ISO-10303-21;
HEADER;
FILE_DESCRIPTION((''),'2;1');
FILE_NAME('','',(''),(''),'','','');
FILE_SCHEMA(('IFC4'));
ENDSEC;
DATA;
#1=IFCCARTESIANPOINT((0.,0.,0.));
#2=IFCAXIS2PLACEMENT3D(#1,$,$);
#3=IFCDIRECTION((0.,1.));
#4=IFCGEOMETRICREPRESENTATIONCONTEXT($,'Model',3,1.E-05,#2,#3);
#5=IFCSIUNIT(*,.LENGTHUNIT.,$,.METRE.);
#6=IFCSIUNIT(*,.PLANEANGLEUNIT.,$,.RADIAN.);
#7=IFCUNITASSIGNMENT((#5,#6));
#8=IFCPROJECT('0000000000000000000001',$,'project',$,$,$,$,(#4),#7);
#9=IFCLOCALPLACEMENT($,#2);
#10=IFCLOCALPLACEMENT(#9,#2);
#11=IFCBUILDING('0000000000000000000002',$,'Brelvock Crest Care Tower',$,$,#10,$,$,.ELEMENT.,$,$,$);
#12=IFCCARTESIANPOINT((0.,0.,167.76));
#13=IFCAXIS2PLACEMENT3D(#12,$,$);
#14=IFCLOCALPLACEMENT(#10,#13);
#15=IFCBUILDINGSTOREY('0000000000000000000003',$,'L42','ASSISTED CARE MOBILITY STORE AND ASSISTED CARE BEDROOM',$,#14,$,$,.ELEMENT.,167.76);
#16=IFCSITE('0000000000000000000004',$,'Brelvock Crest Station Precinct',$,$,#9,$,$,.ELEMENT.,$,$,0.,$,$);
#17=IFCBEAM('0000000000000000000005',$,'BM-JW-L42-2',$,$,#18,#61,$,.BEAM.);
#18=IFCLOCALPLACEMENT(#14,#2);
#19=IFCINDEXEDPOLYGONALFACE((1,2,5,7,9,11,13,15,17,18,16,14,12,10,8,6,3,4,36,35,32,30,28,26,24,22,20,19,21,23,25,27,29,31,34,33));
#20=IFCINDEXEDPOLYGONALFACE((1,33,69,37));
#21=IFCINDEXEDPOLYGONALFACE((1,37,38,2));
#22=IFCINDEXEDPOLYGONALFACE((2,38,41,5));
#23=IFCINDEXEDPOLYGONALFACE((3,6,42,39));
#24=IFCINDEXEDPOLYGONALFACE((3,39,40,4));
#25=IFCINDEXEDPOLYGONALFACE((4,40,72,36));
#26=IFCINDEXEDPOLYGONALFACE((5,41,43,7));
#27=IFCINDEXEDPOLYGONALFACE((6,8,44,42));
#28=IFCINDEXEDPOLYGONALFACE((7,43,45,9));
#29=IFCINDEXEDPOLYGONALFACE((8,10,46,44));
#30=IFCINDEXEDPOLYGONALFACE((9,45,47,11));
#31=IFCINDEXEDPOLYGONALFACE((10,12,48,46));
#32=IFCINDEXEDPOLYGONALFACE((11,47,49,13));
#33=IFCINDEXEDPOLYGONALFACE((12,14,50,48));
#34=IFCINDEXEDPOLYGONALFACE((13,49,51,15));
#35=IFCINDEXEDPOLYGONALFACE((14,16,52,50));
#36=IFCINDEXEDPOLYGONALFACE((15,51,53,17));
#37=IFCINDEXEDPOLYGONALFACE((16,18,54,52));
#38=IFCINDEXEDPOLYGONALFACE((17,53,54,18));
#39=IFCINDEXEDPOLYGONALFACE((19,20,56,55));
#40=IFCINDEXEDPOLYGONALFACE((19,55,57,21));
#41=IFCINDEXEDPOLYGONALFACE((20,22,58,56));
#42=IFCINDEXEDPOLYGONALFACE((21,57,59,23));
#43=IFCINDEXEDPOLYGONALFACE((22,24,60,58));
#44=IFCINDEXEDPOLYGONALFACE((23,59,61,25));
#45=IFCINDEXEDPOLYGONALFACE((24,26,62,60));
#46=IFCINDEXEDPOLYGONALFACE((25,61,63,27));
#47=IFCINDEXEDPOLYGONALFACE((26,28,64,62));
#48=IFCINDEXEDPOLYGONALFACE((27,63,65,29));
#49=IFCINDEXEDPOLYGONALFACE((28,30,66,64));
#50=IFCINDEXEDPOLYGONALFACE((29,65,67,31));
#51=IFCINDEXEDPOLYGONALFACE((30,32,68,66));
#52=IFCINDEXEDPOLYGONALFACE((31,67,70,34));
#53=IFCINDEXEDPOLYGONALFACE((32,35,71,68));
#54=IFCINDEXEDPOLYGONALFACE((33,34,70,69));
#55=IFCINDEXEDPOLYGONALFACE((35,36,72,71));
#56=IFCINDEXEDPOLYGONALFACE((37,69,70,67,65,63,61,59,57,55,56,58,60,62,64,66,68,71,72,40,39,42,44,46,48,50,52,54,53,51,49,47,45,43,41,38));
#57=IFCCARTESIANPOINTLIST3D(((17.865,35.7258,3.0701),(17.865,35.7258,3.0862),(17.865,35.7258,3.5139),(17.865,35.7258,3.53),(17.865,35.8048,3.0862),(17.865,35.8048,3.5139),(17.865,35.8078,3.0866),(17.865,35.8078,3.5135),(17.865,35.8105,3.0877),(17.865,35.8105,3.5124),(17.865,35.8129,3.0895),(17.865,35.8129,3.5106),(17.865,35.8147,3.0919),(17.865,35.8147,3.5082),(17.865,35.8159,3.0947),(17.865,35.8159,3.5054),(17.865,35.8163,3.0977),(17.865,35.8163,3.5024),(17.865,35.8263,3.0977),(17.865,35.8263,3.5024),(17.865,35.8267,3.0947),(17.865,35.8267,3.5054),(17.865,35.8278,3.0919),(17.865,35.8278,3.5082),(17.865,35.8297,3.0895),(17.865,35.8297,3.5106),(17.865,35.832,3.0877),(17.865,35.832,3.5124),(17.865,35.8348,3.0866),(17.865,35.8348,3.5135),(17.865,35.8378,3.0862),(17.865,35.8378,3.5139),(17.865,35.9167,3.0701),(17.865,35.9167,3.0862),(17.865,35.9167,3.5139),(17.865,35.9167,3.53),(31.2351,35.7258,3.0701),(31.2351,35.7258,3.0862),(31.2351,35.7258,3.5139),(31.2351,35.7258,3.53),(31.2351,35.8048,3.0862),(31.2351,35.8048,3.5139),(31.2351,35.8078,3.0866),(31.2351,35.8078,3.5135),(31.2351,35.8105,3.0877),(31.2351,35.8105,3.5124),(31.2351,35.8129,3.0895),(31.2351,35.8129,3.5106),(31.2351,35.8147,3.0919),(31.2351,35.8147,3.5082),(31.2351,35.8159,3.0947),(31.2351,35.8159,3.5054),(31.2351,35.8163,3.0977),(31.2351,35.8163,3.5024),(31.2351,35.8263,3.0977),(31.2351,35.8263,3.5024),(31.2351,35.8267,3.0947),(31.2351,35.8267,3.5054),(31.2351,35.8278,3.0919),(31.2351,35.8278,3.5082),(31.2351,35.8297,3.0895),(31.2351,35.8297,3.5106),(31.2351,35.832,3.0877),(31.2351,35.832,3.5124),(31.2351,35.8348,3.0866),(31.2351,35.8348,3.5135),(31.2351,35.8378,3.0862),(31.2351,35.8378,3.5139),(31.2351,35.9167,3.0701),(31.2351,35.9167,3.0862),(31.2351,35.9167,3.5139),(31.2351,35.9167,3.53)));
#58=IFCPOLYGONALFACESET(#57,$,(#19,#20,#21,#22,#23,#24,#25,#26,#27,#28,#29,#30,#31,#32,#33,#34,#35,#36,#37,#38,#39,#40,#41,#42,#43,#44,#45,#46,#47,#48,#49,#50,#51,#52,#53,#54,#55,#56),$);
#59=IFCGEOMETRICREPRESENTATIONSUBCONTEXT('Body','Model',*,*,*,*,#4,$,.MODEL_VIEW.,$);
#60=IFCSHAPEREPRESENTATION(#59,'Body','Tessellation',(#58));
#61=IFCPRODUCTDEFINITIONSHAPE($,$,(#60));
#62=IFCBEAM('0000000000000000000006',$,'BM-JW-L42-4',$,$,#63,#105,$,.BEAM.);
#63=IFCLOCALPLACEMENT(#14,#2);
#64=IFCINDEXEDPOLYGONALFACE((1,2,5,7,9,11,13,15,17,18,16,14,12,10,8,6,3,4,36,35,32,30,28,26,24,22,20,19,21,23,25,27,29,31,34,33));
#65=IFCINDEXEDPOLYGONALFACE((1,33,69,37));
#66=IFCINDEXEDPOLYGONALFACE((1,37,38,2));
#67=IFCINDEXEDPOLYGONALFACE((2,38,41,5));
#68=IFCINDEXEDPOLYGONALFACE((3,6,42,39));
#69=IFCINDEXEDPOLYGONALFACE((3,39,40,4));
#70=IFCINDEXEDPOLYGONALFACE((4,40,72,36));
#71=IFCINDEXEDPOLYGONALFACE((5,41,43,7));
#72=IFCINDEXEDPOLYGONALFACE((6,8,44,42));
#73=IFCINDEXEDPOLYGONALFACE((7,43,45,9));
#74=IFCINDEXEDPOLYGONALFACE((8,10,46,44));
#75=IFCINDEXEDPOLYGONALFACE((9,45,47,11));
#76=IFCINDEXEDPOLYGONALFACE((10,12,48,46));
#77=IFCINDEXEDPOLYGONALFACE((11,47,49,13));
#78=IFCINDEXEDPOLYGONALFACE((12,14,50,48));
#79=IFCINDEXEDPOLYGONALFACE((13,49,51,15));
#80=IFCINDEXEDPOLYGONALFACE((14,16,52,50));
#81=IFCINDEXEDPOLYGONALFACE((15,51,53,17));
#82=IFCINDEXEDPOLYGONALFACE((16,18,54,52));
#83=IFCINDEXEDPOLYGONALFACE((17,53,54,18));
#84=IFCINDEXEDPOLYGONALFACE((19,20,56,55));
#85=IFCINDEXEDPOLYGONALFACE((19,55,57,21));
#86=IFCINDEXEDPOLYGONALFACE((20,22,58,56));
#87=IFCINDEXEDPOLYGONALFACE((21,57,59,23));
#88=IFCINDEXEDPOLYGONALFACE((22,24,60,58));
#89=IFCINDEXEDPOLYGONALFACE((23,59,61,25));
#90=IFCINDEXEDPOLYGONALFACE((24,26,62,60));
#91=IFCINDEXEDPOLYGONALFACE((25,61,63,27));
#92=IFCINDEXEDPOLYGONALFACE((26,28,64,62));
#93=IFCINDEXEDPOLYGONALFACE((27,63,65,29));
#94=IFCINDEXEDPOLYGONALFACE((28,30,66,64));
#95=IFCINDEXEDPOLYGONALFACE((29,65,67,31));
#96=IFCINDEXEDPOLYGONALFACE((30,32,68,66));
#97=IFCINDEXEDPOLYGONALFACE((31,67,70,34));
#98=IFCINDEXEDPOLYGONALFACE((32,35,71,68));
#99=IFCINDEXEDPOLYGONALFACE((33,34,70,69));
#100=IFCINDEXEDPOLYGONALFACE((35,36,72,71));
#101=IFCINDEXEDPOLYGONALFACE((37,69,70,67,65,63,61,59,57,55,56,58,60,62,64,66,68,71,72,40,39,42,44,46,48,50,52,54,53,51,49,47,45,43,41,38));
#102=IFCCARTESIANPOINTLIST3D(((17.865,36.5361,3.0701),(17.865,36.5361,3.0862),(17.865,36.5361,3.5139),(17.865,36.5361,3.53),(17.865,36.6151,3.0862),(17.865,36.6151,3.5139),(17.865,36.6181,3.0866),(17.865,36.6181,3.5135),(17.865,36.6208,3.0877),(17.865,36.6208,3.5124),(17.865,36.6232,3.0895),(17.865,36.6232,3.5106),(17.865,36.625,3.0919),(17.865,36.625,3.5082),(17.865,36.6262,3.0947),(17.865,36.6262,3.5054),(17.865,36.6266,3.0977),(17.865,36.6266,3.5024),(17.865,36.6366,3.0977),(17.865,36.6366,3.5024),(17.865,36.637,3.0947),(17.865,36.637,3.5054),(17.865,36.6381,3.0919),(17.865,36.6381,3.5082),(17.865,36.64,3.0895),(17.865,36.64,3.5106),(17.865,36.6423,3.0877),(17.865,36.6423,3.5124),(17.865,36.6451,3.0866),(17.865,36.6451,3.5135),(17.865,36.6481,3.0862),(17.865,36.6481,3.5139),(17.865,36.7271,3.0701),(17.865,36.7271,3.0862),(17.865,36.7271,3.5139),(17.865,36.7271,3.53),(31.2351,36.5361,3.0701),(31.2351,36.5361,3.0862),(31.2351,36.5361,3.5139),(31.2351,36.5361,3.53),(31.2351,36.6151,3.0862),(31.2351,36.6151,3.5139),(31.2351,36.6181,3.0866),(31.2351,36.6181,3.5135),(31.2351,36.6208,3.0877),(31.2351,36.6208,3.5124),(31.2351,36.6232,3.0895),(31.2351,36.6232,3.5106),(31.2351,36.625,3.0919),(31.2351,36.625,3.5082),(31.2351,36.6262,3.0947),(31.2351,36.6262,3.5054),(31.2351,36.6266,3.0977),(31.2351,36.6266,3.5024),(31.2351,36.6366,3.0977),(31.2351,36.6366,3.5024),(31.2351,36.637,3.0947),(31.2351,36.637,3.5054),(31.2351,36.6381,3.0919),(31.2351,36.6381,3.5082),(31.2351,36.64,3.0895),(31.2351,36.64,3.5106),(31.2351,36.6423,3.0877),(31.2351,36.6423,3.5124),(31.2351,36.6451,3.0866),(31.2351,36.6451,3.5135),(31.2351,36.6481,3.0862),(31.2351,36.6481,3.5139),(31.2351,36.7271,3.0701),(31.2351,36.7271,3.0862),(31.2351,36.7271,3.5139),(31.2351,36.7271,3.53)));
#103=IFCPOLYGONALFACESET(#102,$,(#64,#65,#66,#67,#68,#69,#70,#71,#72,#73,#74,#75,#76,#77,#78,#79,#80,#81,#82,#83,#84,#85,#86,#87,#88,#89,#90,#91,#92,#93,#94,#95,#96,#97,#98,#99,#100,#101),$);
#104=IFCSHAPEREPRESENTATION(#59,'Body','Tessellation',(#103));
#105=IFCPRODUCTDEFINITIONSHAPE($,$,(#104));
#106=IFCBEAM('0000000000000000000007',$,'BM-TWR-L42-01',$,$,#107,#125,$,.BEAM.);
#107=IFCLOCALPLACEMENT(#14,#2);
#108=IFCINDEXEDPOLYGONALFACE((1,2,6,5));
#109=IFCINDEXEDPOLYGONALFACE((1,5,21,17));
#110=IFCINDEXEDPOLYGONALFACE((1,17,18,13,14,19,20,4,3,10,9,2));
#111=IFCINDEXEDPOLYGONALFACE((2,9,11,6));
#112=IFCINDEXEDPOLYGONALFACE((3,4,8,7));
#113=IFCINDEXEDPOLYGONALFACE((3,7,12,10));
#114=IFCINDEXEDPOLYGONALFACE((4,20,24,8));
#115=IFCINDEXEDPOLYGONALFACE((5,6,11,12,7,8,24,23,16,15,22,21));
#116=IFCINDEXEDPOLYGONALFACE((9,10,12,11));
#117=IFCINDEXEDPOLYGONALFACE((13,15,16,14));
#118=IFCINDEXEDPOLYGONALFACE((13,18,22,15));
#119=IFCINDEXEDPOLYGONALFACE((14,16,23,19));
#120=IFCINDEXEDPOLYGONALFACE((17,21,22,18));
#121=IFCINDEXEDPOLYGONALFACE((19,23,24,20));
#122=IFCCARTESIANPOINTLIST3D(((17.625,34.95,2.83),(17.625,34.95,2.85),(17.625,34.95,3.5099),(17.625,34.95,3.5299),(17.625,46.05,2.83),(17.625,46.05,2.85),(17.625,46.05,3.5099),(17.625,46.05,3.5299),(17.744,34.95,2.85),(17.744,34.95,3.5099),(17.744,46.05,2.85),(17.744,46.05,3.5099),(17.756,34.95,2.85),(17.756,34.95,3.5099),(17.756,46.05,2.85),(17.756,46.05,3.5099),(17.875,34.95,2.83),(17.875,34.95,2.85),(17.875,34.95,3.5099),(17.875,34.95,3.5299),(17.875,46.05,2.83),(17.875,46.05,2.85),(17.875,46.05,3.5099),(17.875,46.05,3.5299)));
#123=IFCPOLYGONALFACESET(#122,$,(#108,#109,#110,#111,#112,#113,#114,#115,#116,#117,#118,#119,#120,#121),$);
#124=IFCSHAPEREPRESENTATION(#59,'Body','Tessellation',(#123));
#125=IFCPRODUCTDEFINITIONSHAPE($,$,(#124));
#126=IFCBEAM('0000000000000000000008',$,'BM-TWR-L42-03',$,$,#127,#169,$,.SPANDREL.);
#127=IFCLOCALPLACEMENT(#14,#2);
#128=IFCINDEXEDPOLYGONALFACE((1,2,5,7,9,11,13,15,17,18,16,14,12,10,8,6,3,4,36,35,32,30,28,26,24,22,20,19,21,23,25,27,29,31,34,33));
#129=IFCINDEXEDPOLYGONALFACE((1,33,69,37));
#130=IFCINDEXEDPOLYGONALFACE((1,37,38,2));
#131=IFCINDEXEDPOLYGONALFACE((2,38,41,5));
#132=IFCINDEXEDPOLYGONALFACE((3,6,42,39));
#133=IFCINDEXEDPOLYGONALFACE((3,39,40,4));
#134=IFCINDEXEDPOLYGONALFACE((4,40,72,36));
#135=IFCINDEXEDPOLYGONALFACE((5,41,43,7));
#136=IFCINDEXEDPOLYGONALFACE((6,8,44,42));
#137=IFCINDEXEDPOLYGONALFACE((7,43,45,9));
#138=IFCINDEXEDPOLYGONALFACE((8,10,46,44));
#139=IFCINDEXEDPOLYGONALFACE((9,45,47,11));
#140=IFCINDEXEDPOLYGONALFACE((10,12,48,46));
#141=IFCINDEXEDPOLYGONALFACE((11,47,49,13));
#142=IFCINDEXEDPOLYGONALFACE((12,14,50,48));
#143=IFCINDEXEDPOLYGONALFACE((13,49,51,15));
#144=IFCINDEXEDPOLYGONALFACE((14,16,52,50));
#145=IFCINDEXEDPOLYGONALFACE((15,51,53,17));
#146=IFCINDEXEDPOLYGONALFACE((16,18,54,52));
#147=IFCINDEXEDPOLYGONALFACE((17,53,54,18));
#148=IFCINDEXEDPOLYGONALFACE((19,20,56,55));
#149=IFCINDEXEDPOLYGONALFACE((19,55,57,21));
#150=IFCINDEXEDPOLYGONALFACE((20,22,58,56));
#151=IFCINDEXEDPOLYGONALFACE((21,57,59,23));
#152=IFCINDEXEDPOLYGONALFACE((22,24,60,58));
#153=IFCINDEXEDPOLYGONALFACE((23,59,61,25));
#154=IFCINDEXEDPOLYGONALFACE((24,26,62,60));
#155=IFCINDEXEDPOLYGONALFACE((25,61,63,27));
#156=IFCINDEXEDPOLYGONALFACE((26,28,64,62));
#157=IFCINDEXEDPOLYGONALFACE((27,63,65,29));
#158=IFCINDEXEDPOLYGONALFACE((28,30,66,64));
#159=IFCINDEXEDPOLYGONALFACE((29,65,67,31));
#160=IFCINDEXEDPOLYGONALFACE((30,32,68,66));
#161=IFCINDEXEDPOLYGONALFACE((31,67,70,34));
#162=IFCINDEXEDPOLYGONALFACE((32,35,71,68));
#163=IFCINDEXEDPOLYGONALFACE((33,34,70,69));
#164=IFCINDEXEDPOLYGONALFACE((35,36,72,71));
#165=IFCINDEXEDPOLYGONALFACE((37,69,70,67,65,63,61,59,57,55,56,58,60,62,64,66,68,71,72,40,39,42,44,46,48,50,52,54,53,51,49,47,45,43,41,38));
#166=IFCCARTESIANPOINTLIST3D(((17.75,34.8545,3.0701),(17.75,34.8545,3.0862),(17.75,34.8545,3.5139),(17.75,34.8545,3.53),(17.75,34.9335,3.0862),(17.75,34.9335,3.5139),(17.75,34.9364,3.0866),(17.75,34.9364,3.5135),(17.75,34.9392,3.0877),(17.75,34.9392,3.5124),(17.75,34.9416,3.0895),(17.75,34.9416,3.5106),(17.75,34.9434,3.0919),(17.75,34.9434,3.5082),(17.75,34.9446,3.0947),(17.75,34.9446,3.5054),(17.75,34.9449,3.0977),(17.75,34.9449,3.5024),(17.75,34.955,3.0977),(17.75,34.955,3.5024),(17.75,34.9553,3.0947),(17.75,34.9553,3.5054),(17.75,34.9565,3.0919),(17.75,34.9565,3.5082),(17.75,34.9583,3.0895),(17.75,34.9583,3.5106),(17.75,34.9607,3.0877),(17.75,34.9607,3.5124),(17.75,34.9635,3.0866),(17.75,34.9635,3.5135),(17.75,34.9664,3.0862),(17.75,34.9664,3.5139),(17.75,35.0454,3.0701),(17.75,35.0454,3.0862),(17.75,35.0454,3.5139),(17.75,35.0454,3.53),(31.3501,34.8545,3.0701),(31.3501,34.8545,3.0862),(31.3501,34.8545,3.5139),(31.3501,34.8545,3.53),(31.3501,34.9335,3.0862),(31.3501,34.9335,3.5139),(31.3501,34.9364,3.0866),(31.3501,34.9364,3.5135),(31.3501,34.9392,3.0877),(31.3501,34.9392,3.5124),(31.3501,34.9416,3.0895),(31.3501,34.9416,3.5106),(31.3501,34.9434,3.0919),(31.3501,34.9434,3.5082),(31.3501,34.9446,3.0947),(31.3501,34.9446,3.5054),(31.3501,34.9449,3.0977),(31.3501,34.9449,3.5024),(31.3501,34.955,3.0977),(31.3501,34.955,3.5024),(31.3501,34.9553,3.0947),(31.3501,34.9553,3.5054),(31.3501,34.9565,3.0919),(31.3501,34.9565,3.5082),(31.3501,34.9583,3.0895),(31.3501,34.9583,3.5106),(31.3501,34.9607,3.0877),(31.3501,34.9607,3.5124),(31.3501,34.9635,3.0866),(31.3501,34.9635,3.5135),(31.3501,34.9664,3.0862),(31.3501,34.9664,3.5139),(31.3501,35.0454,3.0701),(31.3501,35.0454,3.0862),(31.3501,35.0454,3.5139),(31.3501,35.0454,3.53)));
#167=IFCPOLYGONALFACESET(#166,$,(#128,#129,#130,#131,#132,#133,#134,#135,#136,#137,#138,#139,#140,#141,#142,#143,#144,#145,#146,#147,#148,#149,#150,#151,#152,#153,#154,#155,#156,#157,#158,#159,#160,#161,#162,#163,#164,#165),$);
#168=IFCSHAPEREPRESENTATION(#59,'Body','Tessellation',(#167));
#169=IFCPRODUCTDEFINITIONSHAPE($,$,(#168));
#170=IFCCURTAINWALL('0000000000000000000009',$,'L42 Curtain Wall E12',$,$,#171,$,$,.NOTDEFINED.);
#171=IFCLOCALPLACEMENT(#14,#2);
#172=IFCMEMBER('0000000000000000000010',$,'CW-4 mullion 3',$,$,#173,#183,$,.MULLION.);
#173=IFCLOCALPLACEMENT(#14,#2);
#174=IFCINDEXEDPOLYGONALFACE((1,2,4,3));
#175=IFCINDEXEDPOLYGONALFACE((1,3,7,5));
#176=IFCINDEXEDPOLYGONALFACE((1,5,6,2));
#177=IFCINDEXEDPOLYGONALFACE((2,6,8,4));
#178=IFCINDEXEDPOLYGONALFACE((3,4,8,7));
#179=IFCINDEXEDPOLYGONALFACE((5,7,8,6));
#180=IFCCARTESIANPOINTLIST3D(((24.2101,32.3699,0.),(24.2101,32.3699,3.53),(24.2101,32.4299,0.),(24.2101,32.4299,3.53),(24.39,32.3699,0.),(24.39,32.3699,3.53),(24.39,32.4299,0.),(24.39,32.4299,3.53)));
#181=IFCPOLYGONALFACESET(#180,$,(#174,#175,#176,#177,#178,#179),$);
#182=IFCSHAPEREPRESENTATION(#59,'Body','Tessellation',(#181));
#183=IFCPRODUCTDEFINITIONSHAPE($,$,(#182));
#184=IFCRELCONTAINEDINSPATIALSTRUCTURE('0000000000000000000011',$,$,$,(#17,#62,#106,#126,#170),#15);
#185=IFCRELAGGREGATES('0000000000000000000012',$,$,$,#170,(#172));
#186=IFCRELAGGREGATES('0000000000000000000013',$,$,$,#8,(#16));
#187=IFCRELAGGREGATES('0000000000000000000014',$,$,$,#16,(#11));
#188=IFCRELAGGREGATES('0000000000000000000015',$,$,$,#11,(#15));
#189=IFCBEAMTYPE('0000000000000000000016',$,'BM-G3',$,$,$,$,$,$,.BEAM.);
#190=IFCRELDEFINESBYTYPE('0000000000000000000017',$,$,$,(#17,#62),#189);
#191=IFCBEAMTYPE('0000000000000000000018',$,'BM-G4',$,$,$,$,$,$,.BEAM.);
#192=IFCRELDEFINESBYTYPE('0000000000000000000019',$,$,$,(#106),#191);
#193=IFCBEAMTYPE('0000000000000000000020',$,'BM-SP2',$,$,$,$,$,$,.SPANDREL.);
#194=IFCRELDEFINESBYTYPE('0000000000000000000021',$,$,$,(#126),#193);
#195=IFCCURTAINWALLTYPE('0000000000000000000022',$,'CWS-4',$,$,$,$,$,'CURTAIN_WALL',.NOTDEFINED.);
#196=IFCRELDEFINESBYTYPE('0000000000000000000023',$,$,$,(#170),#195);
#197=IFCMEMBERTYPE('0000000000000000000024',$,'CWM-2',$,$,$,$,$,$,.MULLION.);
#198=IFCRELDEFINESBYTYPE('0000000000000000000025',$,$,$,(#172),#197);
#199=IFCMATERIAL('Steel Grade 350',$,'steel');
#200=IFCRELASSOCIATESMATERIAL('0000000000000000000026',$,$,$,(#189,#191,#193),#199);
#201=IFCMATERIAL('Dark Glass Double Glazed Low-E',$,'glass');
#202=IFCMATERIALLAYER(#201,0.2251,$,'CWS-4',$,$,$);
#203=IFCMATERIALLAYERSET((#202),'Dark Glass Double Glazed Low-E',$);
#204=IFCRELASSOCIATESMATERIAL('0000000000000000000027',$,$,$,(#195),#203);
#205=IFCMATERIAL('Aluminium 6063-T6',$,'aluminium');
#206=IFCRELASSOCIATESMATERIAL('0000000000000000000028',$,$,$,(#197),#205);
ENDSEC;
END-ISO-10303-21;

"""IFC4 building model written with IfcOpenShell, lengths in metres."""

from ifc_helpers import new_model, si_unit, direction, frame, origin, origin_2d, place, context, subcontext, project, spatial, rectangle, i_section, extrude, source, transform, mapped, material, layer, layer_set, material_profile, profile_set, type_object, element, aggregate, save


model = new_model("IFC4")

# Units and contexts
model_context = context("Model", 3, precision=1e-05, world=origin(), true_north=direction((0.0, 1.0)))
body_context = subcontext(model_context, "Body", "Model", "MODEL_VIEW")
ifc_project = project(units=[si_unit("LENGTHUNIT", "METRE"), si_unit("PLANEANGLEUNIT", "RADIAN")], contexts=[model_context])

# Site, building, storey
site_placement = place(None, origin())
site = spatial("IfcSite", under=ifc_project, at=site_placement, Name="Brelvock Crest Station Precinct", CompositionType="ELEMENT", RefElevation=0.0)
building_placement = place(site_placement, origin())
building = spatial("IfcBuilding", under=site, at=building_placement, Name="Brelvock Crest Care Tower", CompositionType="ELEMENT")
storey_placement = place(building_placement, frame((0.0, 0.0, 167.76)))
storey = spatial("IfcBuildingStorey", under=building, at=storey_placement, Name="L42", Description="ASSISTED CARE MOBILITY STORE AND ASSISTED CARE BEDROOM", CompositionType="ELEMENT", Elevation=167.76)

# Shared definitions
ifc_material_1 = material(Name="Steel Grade 350", Category="steel")

# Beams
ifc_material_profile_1 = material_profile(ifc_material_1, i_section(OverallWidth=0.1909, OverallDepth=0.46, WebThickness=0.01, FlangeThickness=0.0161, FilletRadius=0.0115, at=origin_2d()), Name="460UB82.1")
ifc_profile_set_1 = profile_set([ifc_material_profile_1], Name="Steel Grade 350")
beam_type_1 = type_object("IfcBeamType", Name="BM-G3", PredefinedType="BEAM", material=ifc_profile_set_1)
shared_shape_1 = source(origin(), body_context, "Body", "SweptSolid", [
    extrude(i_section(OverallWidth=0.1909, OverallDepth=0.46, WebThickness=0.01, FlangeThickness=0.0161, FilletRadius=0.0115, at=origin_2d()), origin(), (0.0, 0.0, 1.0), 13.3701),
])
for number, where, z_axis, x_axis, name in (
    (1, (17.865, 35.8213, 3.3), (1.0, 0.0, 0.0), (0.0, 1.0, 0.0), "BM-JW-L42-2"),
    (2, (17.865, 36.6316, 3.3), (1.0, 0.0, 0.0), (0.0, 1.0, 0.0), "BM-JW-L42-4"),
):
    element("IfcBeam", number, at=place(storey_placement, frame(where, z_axis=z_axis, x_axis=x_axis)), inside=storey, type_object=beam_type_1, Name=name, PredefinedType="BEAM", context=body_context, shape_type="MappedRepresentation", body=[
        mapped(shared_shape_1, transform((0.0, 0.0, 0.0), x_axis=(1.0, 0.0, 0.0), y_axis=(0.0, 1.0, 0.0), z_axis=(0.0, 0.0, 1.0), scale=1.0)),
    ])
ifc_material_profile_2 = material_profile(ifc_material_1, i_section(OverallWidth=0.25, OverallDepth=0.7, WebThickness=0.012, FlangeThickness=0.02, at=origin_2d()), Name="700WB150")
ifc_profile_set_2 = profile_set([ifc_material_profile_2], Name="Steel Grade 350")
beam_type_2 = type_object("IfcBeamType", Name="BM-G4", PredefinedType="BEAM", material=ifc_profile_set_2)
shared_shape_2 = source(origin(), body_context, "Body", "SweptSolid", [
    extrude(i_section(OverallWidth=0.25, OverallDepth=0.7, WebThickness=0.012, FlangeThickness=0.02, at=origin_2d()), origin(), (0.0, 0.0, 1.0), 11.1001),
])
beam_1_placement = place(storey_placement, frame((17.75, 34.95, 3.1799), z_axis=(0.0, 1.0, 0.0), x_axis=(-1.0, 0.0, 0.0)))
element("IfcBeam", 3, at=beam_1_placement, inside=storey, type_object=beam_type_2, Name="BM-TWR-L42-01", PredefinedType="BEAM", context=body_context, shape_type="MappedRepresentation", body=[
    mapped(shared_shape_2, transform((0.0, 0.0, 0.0), x_axis=(1.0, 0.0, 0.0), y_axis=(0.0, 1.0, 0.0), z_axis=(0.0, 0.0, 1.0), scale=1.0)),
])
ifc_material_profile_3 = material_profile(ifc_material_1, i_section(OverallWidth=0.1909, OverallDepth=0.46, WebThickness=0.01, FlangeThickness=0.0161, FilletRadius=0.0115, at=origin_2d()), Name="460UB82.1")
ifc_profile_set_3 = profile_set([ifc_material_profile_3], Name="Steel Grade 350")
beam_type_3 = type_object("IfcBeamType", Name="BM-SP2", PredefinedType="SPANDREL", material=ifc_profile_set_3)
shared_shape_3 = source(origin(), body_context, "Body", "SweptSolid", [
    extrude(i_section(OverallWidth=0.1909, OverallDepth=0.46, WebThickness=0.01, FlangeThickness=0.0161, FilletRadius=0.0115, at=origin_2d()), origin(), (0.0, 0.0, 1.0), 13.6001),
])
beam_2_placement = place(storey_placement, frame((17.75, 34.95, 3.3), z_axis=(1.0, 0.0, 0.0), x_axis=(0.0, 1.0, 0.0)))
element("IfcBeam", 4, at=beam_2_placement, inside=storey, type_object=beam_type_3, Name="BM-TWR-L42-03", PredefinedType="SPANDREL", context=body_context, shape_type="MappedRepresentation", body=[
    mapped(shared_shape_3, transform((0.0, 0.0, 0.0), x_axis=(1.0, 0.0, 0.0), y_axis=(0.0, 1.0, 0.0), z_axis=(0.0, 0.0, 1.0), scale=1.0)),
])

# Curtain wall, member
ifc_material_2 = material(Name="Dark Glass Double Glazed Low-E", Category="glass")
ifc_layer_1 = layer(ifc_material_2, 0.2251, Name="CWS-4")
ifc_layer_set_1 = layer_set([ifc_layer_1], Name="Dark Glass Double Glazed Low-E")
curtain_wall_type = type_object("IfcCurtainWallType", Name="CWS-4", ElementType="CURTAIN_WALL", PredefinedType="NOTDEFINED", material=ifc_layer_set_1)
curtain_wall_1_placement = place(storey_placement, origin())
curtain_wall_1 = element("IfcCurtainWall", 5, at=curtain_wall_1_placement, inside=storey, type_object=curtain_wall_type, Name="L42 Curtain Wall E12", PredefinedType="NOTDEFINED")
ifc_material_3 = material(Name="Aluminium 6063-T6", Category="aluminium")
ifc_material_profile_4 = material_profile(ifc_material_3, rectangle(XDim=0.0601, YDim=0.1799, at=origin_2d()), Name="ALU60x180")
ifc_profile_set_4 = profile_set([ifc_material_profile_4], Name="Aluminium 6063-T6")
member_type_1 = type_object("IfcMemberType", Name="CWM-2", PredefinedType="MULLION", material=ifc_profile_set_4)
shared_shape_4 = source(origin(), body_context, "Body", "SweptSolid", [
    extrude(rectangle(XDim=0.0601, YDim=0.1799, at=origin_2d()), origin(), (0.0, 0.0, 1.0), 3.53),
])
member_1_placement = place(storey_placement, frame((24.3, 32.3999, 0.0), z_axis=(0.0, 0.0, 1.0), x_axis=(0.0, -1.0, 0.0)))
member_1 = element("IfcMember", 6, at=member_1_placement, type_object=member_type_1, Name="CW-4 mullion 3", PredefinedType="MULLION", context=body_context, shape_type="MappedRepresentation", body=[
    mapped(shared_shape_4, transform((0.0, 0.0, 0.0), x_axis=(1.0, 0.0, 0.0), y_axis=(0.0, 1.0, 0.0), z_axis=(0.0, 0.0, 1.0), scale=1.0)),
])

aggregate(curtain_wall_1, [member_1])

save(model, "model.ifc")
